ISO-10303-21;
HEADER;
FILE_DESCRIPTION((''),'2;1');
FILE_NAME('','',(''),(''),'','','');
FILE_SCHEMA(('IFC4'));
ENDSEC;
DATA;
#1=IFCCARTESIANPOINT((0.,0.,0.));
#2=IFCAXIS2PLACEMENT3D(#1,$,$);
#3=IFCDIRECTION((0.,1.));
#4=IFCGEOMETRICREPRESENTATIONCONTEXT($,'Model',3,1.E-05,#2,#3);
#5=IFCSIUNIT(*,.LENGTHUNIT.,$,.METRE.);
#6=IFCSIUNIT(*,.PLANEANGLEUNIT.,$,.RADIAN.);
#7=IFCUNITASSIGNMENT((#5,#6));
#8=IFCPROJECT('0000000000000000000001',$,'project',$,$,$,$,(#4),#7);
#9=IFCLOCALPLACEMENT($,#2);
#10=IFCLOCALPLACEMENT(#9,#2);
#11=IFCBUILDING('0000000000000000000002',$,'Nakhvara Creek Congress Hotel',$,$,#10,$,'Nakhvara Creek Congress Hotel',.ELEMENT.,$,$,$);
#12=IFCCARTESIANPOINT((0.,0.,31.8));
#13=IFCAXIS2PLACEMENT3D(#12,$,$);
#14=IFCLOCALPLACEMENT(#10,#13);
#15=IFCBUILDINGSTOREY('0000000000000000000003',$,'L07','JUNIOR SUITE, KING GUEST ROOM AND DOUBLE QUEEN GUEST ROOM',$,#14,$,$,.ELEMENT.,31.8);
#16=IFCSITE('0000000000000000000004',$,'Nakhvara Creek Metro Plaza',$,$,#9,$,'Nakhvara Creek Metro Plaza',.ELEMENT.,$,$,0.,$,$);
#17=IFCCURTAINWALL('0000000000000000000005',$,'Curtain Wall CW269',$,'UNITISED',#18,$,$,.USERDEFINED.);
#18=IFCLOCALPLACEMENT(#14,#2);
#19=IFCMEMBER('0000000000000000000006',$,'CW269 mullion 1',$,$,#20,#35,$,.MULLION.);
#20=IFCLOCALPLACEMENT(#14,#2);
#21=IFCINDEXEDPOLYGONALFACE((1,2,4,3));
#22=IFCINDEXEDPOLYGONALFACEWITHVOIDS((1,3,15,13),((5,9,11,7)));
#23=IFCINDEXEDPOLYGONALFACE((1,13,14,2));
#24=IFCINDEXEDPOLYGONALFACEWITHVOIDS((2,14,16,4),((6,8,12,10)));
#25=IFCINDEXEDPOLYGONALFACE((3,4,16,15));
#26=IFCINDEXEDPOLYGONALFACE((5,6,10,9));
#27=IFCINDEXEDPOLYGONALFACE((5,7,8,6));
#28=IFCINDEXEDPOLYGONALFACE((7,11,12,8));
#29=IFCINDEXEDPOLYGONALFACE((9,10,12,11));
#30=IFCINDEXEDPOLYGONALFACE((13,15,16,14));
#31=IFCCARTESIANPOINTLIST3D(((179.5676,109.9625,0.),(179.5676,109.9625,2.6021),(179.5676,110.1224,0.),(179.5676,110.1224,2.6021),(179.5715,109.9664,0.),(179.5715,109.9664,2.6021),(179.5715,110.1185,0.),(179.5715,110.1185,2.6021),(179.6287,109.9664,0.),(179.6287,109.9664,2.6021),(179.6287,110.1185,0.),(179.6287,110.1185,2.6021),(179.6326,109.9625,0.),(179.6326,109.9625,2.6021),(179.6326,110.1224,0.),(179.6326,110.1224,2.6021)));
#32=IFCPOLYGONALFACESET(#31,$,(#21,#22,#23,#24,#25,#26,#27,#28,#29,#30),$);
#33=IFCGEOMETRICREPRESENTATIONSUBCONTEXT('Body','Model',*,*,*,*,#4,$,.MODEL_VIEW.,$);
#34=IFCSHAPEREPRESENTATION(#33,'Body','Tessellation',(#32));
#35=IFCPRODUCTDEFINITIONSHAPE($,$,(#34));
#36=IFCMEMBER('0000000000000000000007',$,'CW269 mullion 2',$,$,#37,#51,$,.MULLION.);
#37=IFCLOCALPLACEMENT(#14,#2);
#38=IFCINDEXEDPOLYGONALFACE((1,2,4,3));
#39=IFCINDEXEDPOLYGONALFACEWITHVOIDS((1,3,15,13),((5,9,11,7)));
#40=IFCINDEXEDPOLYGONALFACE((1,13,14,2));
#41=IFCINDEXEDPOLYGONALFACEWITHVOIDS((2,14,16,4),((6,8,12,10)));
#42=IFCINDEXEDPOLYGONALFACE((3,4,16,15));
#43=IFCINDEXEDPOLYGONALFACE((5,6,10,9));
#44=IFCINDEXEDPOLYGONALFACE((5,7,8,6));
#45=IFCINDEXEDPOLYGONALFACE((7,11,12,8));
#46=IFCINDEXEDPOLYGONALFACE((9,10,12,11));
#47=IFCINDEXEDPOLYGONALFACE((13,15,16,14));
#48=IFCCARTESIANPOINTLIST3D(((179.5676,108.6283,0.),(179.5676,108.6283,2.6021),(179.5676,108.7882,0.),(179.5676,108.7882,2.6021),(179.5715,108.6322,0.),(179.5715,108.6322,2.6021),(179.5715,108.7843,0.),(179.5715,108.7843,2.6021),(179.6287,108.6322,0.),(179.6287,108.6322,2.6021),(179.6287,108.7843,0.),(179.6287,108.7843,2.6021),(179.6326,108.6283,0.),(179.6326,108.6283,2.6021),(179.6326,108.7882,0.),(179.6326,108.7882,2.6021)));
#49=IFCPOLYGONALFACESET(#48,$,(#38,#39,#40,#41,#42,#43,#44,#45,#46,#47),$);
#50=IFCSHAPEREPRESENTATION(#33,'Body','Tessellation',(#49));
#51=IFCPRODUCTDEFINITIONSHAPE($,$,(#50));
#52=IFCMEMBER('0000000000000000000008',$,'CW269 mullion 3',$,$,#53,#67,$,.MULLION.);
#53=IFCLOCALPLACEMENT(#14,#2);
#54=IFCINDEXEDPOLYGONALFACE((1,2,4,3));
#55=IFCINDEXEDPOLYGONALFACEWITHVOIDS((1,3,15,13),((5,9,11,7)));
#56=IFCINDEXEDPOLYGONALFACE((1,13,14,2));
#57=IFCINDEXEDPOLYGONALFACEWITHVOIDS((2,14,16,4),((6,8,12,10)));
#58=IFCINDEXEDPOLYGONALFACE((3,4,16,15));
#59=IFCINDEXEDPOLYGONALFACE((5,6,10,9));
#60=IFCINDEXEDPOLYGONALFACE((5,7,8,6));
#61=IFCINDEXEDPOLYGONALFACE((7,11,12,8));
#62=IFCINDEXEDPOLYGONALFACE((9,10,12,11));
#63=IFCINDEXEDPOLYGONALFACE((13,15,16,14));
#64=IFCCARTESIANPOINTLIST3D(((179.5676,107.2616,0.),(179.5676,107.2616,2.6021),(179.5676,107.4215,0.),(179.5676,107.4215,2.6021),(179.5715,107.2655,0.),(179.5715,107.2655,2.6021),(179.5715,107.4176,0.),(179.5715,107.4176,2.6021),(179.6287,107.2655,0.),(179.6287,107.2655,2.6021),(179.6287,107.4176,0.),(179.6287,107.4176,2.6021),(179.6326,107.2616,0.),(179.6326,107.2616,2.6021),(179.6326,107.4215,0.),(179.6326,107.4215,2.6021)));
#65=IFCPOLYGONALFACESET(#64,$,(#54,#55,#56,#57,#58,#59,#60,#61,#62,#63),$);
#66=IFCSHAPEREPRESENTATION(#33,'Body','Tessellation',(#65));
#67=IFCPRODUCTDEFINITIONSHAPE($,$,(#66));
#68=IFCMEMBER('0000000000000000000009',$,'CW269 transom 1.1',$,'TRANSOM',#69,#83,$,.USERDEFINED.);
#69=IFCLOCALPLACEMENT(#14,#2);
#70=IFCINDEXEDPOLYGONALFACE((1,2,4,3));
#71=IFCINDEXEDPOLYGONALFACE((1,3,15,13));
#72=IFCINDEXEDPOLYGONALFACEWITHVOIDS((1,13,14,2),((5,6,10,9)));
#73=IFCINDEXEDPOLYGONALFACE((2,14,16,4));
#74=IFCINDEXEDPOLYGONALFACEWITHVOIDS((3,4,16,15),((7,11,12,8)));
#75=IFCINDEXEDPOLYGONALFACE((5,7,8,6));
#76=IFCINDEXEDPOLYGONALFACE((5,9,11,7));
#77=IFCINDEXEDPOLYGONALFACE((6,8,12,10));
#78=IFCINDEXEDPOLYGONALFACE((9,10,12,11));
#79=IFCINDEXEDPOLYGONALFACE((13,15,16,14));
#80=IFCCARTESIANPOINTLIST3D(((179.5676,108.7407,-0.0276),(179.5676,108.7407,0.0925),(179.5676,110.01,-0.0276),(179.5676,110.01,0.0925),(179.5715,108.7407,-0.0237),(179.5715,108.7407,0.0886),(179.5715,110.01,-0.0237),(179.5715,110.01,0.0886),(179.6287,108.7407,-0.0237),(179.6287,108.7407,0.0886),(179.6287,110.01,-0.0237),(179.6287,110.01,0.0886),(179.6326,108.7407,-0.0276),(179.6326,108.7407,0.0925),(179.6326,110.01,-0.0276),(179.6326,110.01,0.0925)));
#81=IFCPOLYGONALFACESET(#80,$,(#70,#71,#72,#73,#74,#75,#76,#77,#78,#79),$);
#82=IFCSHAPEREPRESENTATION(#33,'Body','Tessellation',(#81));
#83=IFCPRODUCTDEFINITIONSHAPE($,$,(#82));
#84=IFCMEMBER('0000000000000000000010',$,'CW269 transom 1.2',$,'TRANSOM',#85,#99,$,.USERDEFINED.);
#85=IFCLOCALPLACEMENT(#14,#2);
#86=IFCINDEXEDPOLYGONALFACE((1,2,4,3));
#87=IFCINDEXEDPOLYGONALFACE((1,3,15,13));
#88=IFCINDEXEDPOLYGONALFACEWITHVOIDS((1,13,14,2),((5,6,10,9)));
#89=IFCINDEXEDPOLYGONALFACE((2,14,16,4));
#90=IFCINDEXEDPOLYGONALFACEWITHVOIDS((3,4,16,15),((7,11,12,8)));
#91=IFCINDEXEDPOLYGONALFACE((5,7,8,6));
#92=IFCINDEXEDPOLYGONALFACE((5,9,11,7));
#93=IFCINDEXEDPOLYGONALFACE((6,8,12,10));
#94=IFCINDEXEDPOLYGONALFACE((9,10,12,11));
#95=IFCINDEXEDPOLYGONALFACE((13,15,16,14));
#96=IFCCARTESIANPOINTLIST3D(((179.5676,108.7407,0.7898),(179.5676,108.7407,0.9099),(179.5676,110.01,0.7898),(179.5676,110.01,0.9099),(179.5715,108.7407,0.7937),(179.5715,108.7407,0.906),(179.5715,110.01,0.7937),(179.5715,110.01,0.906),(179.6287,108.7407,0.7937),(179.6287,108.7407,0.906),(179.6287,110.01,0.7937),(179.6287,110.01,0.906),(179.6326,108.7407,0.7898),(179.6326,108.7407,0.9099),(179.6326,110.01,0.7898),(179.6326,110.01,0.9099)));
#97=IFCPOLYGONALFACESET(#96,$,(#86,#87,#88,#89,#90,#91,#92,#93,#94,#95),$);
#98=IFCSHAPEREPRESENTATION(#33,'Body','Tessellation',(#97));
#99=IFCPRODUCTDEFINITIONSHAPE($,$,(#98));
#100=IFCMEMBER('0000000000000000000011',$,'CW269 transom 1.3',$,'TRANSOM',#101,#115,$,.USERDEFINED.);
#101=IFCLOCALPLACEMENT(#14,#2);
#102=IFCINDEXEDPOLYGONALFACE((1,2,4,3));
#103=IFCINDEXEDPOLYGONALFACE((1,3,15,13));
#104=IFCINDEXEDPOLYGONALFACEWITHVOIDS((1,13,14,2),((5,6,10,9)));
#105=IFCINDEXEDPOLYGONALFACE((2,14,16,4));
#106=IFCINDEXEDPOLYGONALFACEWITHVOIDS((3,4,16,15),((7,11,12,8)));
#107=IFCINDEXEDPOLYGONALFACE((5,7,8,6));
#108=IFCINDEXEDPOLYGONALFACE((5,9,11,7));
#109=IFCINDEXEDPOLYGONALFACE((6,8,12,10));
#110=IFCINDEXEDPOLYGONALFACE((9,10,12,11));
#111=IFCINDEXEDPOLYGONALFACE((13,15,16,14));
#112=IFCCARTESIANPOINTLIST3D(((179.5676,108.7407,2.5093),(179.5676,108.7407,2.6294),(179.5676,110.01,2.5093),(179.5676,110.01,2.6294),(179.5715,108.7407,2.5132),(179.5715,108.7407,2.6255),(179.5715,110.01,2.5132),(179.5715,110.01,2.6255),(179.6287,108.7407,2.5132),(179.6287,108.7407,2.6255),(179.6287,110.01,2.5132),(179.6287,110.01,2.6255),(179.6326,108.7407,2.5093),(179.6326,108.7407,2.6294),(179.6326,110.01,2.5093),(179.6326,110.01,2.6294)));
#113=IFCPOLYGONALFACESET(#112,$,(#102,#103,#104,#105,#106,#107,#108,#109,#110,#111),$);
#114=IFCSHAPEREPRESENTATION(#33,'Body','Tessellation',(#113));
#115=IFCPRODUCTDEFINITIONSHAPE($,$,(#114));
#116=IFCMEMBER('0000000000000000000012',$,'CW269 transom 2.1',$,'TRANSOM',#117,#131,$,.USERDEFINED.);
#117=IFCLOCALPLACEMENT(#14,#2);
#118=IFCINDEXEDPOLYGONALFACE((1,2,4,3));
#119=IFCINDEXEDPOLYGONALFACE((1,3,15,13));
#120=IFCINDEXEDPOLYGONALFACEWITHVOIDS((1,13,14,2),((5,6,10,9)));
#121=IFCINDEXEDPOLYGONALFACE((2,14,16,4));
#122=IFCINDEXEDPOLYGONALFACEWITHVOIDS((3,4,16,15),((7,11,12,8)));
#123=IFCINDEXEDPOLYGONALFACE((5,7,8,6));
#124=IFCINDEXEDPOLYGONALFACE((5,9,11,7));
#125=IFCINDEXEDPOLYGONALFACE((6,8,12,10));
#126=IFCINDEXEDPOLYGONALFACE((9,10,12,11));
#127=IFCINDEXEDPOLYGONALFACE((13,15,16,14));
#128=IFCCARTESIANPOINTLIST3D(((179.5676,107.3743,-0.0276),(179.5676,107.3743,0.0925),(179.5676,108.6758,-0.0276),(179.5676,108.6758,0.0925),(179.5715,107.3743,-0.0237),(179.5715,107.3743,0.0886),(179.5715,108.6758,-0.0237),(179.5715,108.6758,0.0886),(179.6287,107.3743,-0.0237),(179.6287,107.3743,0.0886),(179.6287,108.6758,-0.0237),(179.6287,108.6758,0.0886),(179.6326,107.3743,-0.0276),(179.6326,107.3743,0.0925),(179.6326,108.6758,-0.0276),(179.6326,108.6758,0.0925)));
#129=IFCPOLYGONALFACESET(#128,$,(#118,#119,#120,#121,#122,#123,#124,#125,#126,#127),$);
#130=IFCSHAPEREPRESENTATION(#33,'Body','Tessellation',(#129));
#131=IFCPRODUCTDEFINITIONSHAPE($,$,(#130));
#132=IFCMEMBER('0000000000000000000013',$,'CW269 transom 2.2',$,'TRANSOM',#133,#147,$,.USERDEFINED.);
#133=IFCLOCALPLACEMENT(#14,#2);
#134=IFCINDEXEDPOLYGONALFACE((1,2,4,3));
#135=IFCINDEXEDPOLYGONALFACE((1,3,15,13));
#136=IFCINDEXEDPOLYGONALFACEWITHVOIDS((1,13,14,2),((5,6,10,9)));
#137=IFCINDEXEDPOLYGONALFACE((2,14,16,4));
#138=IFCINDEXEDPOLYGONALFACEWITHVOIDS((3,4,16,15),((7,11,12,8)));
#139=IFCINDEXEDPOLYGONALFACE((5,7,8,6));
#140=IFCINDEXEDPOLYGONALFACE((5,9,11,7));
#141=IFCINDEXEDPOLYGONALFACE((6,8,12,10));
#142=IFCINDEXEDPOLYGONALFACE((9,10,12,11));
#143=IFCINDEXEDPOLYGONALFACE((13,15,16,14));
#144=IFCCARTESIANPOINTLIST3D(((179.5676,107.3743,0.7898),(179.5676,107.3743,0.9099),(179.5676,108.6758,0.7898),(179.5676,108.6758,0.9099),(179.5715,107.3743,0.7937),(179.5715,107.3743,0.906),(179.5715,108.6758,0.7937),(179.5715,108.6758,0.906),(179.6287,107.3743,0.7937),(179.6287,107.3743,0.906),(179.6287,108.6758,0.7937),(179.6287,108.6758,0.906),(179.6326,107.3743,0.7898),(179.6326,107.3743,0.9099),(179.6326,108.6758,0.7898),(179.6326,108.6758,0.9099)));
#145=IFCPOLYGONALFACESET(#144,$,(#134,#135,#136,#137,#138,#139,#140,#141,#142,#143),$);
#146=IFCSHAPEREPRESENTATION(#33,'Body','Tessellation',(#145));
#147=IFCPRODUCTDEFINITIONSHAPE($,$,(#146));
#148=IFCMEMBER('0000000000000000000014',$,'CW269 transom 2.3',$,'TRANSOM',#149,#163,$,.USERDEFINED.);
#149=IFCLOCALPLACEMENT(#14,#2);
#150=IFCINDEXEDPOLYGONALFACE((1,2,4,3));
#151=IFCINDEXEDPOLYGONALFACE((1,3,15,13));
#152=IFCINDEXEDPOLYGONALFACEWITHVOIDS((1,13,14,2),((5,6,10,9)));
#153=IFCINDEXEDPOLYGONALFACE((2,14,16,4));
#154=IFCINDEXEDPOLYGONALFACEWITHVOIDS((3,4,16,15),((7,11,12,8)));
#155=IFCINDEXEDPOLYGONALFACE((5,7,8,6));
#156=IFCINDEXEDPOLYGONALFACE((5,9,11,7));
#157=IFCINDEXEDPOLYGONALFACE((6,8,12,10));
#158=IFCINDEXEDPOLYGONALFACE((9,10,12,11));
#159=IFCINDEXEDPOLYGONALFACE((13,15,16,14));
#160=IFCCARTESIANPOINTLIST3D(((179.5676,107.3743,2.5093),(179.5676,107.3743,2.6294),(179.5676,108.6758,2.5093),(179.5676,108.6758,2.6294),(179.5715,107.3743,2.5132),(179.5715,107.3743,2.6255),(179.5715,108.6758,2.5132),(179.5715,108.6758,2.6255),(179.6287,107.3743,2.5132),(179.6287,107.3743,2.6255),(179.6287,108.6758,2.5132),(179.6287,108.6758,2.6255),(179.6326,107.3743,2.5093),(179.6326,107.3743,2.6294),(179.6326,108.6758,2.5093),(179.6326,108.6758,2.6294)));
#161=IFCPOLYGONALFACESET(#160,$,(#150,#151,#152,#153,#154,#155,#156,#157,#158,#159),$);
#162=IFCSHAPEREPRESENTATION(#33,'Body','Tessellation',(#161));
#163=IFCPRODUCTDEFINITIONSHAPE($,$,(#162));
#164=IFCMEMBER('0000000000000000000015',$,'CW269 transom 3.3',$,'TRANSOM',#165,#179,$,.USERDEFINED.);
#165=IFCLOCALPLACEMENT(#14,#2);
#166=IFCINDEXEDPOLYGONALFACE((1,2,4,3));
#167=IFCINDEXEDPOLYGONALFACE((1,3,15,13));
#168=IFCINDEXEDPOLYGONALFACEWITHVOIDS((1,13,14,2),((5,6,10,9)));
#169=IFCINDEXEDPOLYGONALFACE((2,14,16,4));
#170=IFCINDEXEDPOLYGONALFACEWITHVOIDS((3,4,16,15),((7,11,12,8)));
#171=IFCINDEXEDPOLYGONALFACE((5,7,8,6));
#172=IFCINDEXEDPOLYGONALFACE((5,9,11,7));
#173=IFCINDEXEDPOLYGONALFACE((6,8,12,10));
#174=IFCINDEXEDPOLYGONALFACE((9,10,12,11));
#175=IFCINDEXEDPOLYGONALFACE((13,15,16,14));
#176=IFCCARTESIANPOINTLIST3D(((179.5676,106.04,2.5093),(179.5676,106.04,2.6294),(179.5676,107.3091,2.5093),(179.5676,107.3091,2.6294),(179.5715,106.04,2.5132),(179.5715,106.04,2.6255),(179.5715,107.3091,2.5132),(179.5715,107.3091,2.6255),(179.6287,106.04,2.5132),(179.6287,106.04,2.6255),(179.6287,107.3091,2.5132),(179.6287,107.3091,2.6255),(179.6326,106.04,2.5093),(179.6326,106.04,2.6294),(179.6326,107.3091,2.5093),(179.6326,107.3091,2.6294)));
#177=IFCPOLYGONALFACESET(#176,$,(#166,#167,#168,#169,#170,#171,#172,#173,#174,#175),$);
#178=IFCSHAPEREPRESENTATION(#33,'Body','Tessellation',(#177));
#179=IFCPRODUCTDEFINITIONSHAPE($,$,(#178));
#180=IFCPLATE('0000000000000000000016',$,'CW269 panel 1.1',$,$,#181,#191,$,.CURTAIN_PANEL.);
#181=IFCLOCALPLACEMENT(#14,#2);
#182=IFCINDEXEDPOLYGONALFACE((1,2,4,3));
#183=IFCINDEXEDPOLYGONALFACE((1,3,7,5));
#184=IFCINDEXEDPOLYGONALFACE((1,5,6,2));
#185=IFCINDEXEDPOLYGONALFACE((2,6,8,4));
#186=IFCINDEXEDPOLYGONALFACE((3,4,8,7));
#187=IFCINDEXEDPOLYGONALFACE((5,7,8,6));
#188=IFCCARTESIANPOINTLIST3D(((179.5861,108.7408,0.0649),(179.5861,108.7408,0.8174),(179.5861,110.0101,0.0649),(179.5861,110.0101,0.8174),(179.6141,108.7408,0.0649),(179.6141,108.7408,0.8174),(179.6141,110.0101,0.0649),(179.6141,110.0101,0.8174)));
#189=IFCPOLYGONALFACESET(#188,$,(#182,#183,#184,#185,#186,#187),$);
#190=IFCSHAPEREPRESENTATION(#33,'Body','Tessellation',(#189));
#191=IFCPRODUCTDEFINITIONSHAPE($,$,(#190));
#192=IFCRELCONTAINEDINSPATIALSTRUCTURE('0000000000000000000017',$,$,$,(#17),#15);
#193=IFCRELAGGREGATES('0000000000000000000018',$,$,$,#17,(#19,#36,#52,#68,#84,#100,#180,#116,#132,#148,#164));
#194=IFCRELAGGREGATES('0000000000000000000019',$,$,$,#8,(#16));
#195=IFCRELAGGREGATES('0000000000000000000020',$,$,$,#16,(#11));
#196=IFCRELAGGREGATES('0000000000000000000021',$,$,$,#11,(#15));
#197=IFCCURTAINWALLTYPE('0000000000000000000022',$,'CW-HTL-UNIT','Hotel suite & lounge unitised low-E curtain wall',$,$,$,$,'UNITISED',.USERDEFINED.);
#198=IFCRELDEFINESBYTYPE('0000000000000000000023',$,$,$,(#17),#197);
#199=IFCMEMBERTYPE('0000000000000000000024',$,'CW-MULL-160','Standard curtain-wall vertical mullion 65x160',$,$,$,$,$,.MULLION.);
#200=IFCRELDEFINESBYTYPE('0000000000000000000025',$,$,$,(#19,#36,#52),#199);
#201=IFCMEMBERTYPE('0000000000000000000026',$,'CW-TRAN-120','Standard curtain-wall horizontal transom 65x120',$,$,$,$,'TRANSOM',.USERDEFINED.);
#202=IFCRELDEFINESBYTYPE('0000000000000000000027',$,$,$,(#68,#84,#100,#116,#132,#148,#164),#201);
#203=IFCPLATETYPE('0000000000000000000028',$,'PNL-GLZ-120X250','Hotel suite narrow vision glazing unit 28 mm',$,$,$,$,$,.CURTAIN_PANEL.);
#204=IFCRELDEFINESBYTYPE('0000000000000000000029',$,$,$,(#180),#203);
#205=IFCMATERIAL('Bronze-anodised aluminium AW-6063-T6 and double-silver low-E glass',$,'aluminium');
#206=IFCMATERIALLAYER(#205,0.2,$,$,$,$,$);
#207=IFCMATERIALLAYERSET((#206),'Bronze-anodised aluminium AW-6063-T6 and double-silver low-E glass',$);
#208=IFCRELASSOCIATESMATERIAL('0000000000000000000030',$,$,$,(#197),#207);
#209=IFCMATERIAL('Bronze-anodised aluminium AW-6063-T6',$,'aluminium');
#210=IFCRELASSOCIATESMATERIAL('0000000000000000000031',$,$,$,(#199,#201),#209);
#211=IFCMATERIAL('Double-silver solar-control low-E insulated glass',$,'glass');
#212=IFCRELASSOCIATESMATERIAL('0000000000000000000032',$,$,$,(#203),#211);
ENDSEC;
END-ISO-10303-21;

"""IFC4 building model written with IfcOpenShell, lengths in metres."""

from ifc_helpers import new_model, si_unit, direction, frame, origin, origin_2d, place, context, subcontext, project, spatial, rectangle, hollow_rectangle, extrude, material, layer, layer_set, material_profile, profile_set, type_object, element, aggregate, save


model = new_model("IFC4")

# Units and contexts
model_context = context("Model", 3, precision=1e-05, world=origin(), true_north=direction((0.0, 1.0)))
body_context = subcontext(model_context, "Body", "Model", "MODEL_VIEW")
ifc_project = project(units=[si_unit("LENGTHUNIT", "METRE"), si_unit("PLANEANGLEUNIT", "RADIAN")], contexts=[model_context])

# Site, building, storey
site_placement = place(None, origin())
site = spatial("IfcSite", under=ifc_project, at=site_placement, Name="Nakhvara Creek Metro Plaza", LongName="Nakhvara Creek Metro Plaza", CompositionType="ELEMENT", RefElevation=0.0)
building_placement = place(site_placement, origin())
building = spatial("IfcBuilding", under=site, at=building_placement, Name="Nakhvara Creek Congress Hotel", LongName="Nakhvara Creek Congress Hotel", CompositionType="ELEMENT")
storey_placement = place(building_placement, frame((0.0, 0.0, 31.8)))
storey = spatial("IfcBuildingStorey", under=building, at=storey_placement, Name="L07", Description="JUNIOR SUITE, KING GUEST ROOM AND DOUBLE QUEEN GUEST ROOM", CompositionType="ELEMENT", Elevation=31.8)

# Curtain wall, members, plate
ifc_material_1 = material(Name="Bronze-anodised aluminium AW-6063-T6 and double-silver low-E glass", Category="aluminium")
ifc_layer_1 = layer(ifc_material_1, 0.2)
ifc_layer_set_1 = layer_set([ifc_layer_1], Name="Bronze-anodised aluminium AW-6063-T6 and double-silver low-E glass")
curtain_wall_type = type_object("IfcCurtainWallType", Name="CW-HTL-UNIT", Description="Hotel suite & lounge unitised low-E curtain wall", ElementType="UNITISED", PredefinedType="USERDEFINED", material=ifc_layer_set_1)
curtain_wall_placement = place(storey_placement, origin())
curtain_wall = element("IfcCurtainWall", 1, at=curtain_wall_placement, inside=storey, type_object=curtain_wall_type, Name="Curtain Wall CW269", ObjectType="UNITISED", PredefinedType="USERDEFINED")
ifc_material_2 = material(Name="Bronze-anodised aluminium AW-6063-T6", Category="aluminium")
ifc_material_profile_1 = material_profile(ifc_material_2, hollow_rectangle(XDim=0.0649, YDim=0.1599, WallThickness=0.0039, at=origin_2d()), Name="ALU-MULL 65x160x4", Category="LoadBearing")
ifc_profile_set_1 = profile_set([ifc_material_profile_1], Name="Bronze-anodised aluminium AW-6063-T6")
member_type_1 = type_object("IfcMemberType", Name="CW-MULL-160", Description="Standard curtain-wall vertical mullion 65x160", PredefinedType="MULLION", material=ifc_profile_set_1)
member_1_placement = place(storey_placement, frame((179.6001, 110.0425, 0.0), z_axis=(0.0, 0.0, 1.0), x_axis=(1.0, 0.0, 0.0)))
member_1 = element("IfcMember", 2, at=member_1_placement, type_object=member_type_1, Name="CW269 mullion 1", PredefinedType="MULLION", context=body_context, shape_type="SweptSolid", body=[
    extrude(hollow_rectangle(XDim=0.0649, YDim=0.1599, WallThickness=0.0039, at=origin_2d()), origin(), (0.0, 0.0, 1.0), 2.6021),
])
member_2_placement = place(storey_placement, frame((179.6001, 108.7083, 0.0), z_axis=(0.0, 0.0, 1.0), x_axis=(1.0, 0.0, 0.0)))
member_2 = element("IfcMember", 3, at=member_2_placement, type_object=member_type_1, Name="CW269 mullion 2", PredefinedType="MULLION", context=body_context, shape_type="SweptSolid", body=[
    extrude(hollow_rectangle(XDim=0.0649, YDim=0.1599, WallThickness=0.0039, at=origin_2d()), origin(), (0.0, 0.0, 1.0), 2.6021),
])
member_3_placement = place(storey_placement, frame((179.6001, 107.3416, 0.0), z_axis=(0.0, 0.0, 1.0), x_axis=(1.0, 0.0, 0.0)))
member_3 = element("IfcMember", 4, at=member_3_placement, type_object=member_type_1, Name="CW269 mullion 3", PredefinedType="MULLION", context=body_context, shape_type="SweptSolid", body=[
    extrude(hollow_rectangle(XDim=0.0649, YDim=0.1599, WallThickness=0.0039, at=origin_2d()), origin(), (0.0, 0.0, 1.0), 2.6021),
])
ifc_material_profile_2 = material_profile(ifc_material_2, hollow_rectangle(XDim=0.0649, YDim=0.1201, WallThickness=0.0039, at=origin_2d()), Name="ALU-TRAN 65x120x4", Category="LoadBearing")
ifc_profile_set_2 = profile_set([ifc_material_profile_2], Name="Bronze-anodised aluminium AW-6063-T6")
member_type_2 = type_object("IfcMemberType", Name="CW-TRAN-120", Description="Standard curtain-wall horizontal transom 65x120", ElementType="TRANSOM", PredefinedType="USERDEFINED", material=ifc_profile_set_2)
member_4_placement = place(storey_placement, frame((179.6001, 110.01, 0.0325), z_axis=(0.0, -1.0, 0.0), x_axis=(1.0, 0.0, 0.0)))
member_4 = element("IfcMember", 5, at=member_4_placement, type_object=member_type_2, Name="CW269 transom 1.1", ObjectType="TRANSOM", PredefinedType="USERDEFINED", context=body_context, shape_type="SweptSolid", body=[
    extrude(hollow_rectangle(XDim=0.0649, YDim=0.1201, WallThickness=0.0039, at=origin_2d()), origin(), (0.0, 0.0, 1.0), 1.2693),
])
member_5_placement = place(storey_placement, frame((179.6001, 110.01, 0.8499), z_axis=(0.0, -1.0, 0.0), x_axis=(1.0, 0.0, 0.0)))
member_5 = element("IfcMember", 6, at=member_5_placement, type_object=member_type_2, Name="CW269 transom 1.2", ObjectType="TRANSOM", PredefinedType="USERDEFINED", context=body_context, shape_type="SweptSolid", body=[
    extrude(hollow_rectangle(XDim=0.0649, YDim=0.1201, WallThickness=0.0039, at=origin_2d()), origin(), (0.0, 0.0, 1.0), 1.2693),
])
member_6_placement = place(storey_placement, frame((179.6001, 110.01, 2.5693), z_axis=(0.0, -1.0, 0.0), x_axis=(1.0, 0.0, 0.0)))
member_6 = element("IfcMember", 7, at=member_6_placement, type_object=member_type_2, Name="CW269 transom 1.3", ObjectType="TRANSOM", PredefinedType="USERDEFINED", context=body_context, shape_type="SweptSolid", body=[
    extrude(hollow_rectangle(XDim=0.0649, YDim=0.1201, WallThickness=0.0039, at=origin_2d()), origin(), (0.0, 0.0, 1.0), 1.2693),
])
member_7_placement = place(storey_placement, frame((179.6001, 108.6758, 0.0325), z_axis=(0.0, -1.0, 0.0), x_axis=(1.0, 0.0, 0.0)))
member_7 = element("IfcMember", 8, at=member_7_placement, type_object=member_type_2, Name="CW269 transom 2.1", ObjectType="TRANSOM", PredefinedType="USERDEFINED", context=body_context, shape_type="SweptSolid", body=[
    extrude(hollow_rectangle(XDim=0.0649, YDim=0.1201, WallThickness=0.0039, at=origin_2d()), origin(), (0.0, 0.0, 1.0), 1.3015),
])
member_8_placement = place(storey_placement, frame((179.6001, 108.6758, 0.8499), z_axis=(0.0, -1.0, 0.0), x_axis=(1.0, 0.0, 0.0)))
member_8 = element("IfcMember", 9, at=member_8_placement, type_object=member_type_2, Name="CW269 transom 2.2", ObjectType="TRANSOM", PredefinedType="USERDEFINED", context=body_context, shape_type="SweptSolid", body=[
    extrude(hollow_rectangle(XDim=0.0649, YDim=0.1201, WallThickness=0.0039, at=origin_2d()), origin(), (0.0, 0.0, 1.0), 1.3015),
])
member_9_placement = place(storey_placement, frame((179.6001, 108.6758, 2.5693), z_axis=(0.0, -1.0, 0.0), x_axis=(1.0, 0.0, 0.0)))
member_9 = element("IfcMember", 10, at=member_9_placement, type_object=member_type_2, Name="CW269 transom 2.3", ObjectType="TRANSOM", PredefinedType="USERDEFINED", context=body_context, shape_type="SweptSolid", body=[
    extrude(hollow_rectangle(XDim=0.0649, YDim=0.1201, WallThickness=0.0039, at=origin_2d()), origin(), (0.0, 0.0, 1.0), 1.3015),
])
member_10_placement = place(storey_placement, frame((179.6001, 107.3091, 2.5693), z_axis=(0.0, -1.0, 0.0), x_axis=(1.0, 0.0, 0.0)))
member_10 = element("IfcMember", 11, at=member_10_placement, type_object=member_type_2, Name="CW269 transom 3.3", ObjectType="TRANSOM", PredefinedType="USERDEFINED", context=body_context, shape_type="SweptSolid", body=[
    extrude(hollow_rectangle(XDim=0.0649, YDim=0.1201, WallThickness=0.0039, at=origin_2d()), origin(), (0.0, 0.0, 1.0), 1.269),
])
ifc_material_3 = material(Name="Double-silver solar-control low-E insulated glass", Category="glass")
plate_type = type_object("IfcPlateType", Name="PNL-GLZ-120X250", Description="Hotel suite narrow vision glazing unit 28 mm", PredefinedType="CURTAIN_PANEL", material=ifc_material_3)
plate_1_placement = place(storey_placement, frame((179.6001, 109.3755, 0.0649), z_axis=(0.0, 0.0, 1.0), x_axis=(0.0, -1.0, 0.0)))
plate_1 = element("IfcPlate", 12, at=plate_1_placement, type_object=plate_type, Name="CW269 panel 1.1", PredefinedType="CURTAIN_PANEL", context=body_context, shape_type="SweptSolid", body=[
    extrude(rectangle(XDim=1.2693, YDim=0.0281, at=origin_2d()), origin(), (0.0, 0.0, 1.0), 0.7524),
])
aggregate(curtain_wall, [member_1, member_2, member_3, member_4, member_5, member_6, plate_1, member_7, member_8, member_9, member_10])

save(model, "model.ifc")
